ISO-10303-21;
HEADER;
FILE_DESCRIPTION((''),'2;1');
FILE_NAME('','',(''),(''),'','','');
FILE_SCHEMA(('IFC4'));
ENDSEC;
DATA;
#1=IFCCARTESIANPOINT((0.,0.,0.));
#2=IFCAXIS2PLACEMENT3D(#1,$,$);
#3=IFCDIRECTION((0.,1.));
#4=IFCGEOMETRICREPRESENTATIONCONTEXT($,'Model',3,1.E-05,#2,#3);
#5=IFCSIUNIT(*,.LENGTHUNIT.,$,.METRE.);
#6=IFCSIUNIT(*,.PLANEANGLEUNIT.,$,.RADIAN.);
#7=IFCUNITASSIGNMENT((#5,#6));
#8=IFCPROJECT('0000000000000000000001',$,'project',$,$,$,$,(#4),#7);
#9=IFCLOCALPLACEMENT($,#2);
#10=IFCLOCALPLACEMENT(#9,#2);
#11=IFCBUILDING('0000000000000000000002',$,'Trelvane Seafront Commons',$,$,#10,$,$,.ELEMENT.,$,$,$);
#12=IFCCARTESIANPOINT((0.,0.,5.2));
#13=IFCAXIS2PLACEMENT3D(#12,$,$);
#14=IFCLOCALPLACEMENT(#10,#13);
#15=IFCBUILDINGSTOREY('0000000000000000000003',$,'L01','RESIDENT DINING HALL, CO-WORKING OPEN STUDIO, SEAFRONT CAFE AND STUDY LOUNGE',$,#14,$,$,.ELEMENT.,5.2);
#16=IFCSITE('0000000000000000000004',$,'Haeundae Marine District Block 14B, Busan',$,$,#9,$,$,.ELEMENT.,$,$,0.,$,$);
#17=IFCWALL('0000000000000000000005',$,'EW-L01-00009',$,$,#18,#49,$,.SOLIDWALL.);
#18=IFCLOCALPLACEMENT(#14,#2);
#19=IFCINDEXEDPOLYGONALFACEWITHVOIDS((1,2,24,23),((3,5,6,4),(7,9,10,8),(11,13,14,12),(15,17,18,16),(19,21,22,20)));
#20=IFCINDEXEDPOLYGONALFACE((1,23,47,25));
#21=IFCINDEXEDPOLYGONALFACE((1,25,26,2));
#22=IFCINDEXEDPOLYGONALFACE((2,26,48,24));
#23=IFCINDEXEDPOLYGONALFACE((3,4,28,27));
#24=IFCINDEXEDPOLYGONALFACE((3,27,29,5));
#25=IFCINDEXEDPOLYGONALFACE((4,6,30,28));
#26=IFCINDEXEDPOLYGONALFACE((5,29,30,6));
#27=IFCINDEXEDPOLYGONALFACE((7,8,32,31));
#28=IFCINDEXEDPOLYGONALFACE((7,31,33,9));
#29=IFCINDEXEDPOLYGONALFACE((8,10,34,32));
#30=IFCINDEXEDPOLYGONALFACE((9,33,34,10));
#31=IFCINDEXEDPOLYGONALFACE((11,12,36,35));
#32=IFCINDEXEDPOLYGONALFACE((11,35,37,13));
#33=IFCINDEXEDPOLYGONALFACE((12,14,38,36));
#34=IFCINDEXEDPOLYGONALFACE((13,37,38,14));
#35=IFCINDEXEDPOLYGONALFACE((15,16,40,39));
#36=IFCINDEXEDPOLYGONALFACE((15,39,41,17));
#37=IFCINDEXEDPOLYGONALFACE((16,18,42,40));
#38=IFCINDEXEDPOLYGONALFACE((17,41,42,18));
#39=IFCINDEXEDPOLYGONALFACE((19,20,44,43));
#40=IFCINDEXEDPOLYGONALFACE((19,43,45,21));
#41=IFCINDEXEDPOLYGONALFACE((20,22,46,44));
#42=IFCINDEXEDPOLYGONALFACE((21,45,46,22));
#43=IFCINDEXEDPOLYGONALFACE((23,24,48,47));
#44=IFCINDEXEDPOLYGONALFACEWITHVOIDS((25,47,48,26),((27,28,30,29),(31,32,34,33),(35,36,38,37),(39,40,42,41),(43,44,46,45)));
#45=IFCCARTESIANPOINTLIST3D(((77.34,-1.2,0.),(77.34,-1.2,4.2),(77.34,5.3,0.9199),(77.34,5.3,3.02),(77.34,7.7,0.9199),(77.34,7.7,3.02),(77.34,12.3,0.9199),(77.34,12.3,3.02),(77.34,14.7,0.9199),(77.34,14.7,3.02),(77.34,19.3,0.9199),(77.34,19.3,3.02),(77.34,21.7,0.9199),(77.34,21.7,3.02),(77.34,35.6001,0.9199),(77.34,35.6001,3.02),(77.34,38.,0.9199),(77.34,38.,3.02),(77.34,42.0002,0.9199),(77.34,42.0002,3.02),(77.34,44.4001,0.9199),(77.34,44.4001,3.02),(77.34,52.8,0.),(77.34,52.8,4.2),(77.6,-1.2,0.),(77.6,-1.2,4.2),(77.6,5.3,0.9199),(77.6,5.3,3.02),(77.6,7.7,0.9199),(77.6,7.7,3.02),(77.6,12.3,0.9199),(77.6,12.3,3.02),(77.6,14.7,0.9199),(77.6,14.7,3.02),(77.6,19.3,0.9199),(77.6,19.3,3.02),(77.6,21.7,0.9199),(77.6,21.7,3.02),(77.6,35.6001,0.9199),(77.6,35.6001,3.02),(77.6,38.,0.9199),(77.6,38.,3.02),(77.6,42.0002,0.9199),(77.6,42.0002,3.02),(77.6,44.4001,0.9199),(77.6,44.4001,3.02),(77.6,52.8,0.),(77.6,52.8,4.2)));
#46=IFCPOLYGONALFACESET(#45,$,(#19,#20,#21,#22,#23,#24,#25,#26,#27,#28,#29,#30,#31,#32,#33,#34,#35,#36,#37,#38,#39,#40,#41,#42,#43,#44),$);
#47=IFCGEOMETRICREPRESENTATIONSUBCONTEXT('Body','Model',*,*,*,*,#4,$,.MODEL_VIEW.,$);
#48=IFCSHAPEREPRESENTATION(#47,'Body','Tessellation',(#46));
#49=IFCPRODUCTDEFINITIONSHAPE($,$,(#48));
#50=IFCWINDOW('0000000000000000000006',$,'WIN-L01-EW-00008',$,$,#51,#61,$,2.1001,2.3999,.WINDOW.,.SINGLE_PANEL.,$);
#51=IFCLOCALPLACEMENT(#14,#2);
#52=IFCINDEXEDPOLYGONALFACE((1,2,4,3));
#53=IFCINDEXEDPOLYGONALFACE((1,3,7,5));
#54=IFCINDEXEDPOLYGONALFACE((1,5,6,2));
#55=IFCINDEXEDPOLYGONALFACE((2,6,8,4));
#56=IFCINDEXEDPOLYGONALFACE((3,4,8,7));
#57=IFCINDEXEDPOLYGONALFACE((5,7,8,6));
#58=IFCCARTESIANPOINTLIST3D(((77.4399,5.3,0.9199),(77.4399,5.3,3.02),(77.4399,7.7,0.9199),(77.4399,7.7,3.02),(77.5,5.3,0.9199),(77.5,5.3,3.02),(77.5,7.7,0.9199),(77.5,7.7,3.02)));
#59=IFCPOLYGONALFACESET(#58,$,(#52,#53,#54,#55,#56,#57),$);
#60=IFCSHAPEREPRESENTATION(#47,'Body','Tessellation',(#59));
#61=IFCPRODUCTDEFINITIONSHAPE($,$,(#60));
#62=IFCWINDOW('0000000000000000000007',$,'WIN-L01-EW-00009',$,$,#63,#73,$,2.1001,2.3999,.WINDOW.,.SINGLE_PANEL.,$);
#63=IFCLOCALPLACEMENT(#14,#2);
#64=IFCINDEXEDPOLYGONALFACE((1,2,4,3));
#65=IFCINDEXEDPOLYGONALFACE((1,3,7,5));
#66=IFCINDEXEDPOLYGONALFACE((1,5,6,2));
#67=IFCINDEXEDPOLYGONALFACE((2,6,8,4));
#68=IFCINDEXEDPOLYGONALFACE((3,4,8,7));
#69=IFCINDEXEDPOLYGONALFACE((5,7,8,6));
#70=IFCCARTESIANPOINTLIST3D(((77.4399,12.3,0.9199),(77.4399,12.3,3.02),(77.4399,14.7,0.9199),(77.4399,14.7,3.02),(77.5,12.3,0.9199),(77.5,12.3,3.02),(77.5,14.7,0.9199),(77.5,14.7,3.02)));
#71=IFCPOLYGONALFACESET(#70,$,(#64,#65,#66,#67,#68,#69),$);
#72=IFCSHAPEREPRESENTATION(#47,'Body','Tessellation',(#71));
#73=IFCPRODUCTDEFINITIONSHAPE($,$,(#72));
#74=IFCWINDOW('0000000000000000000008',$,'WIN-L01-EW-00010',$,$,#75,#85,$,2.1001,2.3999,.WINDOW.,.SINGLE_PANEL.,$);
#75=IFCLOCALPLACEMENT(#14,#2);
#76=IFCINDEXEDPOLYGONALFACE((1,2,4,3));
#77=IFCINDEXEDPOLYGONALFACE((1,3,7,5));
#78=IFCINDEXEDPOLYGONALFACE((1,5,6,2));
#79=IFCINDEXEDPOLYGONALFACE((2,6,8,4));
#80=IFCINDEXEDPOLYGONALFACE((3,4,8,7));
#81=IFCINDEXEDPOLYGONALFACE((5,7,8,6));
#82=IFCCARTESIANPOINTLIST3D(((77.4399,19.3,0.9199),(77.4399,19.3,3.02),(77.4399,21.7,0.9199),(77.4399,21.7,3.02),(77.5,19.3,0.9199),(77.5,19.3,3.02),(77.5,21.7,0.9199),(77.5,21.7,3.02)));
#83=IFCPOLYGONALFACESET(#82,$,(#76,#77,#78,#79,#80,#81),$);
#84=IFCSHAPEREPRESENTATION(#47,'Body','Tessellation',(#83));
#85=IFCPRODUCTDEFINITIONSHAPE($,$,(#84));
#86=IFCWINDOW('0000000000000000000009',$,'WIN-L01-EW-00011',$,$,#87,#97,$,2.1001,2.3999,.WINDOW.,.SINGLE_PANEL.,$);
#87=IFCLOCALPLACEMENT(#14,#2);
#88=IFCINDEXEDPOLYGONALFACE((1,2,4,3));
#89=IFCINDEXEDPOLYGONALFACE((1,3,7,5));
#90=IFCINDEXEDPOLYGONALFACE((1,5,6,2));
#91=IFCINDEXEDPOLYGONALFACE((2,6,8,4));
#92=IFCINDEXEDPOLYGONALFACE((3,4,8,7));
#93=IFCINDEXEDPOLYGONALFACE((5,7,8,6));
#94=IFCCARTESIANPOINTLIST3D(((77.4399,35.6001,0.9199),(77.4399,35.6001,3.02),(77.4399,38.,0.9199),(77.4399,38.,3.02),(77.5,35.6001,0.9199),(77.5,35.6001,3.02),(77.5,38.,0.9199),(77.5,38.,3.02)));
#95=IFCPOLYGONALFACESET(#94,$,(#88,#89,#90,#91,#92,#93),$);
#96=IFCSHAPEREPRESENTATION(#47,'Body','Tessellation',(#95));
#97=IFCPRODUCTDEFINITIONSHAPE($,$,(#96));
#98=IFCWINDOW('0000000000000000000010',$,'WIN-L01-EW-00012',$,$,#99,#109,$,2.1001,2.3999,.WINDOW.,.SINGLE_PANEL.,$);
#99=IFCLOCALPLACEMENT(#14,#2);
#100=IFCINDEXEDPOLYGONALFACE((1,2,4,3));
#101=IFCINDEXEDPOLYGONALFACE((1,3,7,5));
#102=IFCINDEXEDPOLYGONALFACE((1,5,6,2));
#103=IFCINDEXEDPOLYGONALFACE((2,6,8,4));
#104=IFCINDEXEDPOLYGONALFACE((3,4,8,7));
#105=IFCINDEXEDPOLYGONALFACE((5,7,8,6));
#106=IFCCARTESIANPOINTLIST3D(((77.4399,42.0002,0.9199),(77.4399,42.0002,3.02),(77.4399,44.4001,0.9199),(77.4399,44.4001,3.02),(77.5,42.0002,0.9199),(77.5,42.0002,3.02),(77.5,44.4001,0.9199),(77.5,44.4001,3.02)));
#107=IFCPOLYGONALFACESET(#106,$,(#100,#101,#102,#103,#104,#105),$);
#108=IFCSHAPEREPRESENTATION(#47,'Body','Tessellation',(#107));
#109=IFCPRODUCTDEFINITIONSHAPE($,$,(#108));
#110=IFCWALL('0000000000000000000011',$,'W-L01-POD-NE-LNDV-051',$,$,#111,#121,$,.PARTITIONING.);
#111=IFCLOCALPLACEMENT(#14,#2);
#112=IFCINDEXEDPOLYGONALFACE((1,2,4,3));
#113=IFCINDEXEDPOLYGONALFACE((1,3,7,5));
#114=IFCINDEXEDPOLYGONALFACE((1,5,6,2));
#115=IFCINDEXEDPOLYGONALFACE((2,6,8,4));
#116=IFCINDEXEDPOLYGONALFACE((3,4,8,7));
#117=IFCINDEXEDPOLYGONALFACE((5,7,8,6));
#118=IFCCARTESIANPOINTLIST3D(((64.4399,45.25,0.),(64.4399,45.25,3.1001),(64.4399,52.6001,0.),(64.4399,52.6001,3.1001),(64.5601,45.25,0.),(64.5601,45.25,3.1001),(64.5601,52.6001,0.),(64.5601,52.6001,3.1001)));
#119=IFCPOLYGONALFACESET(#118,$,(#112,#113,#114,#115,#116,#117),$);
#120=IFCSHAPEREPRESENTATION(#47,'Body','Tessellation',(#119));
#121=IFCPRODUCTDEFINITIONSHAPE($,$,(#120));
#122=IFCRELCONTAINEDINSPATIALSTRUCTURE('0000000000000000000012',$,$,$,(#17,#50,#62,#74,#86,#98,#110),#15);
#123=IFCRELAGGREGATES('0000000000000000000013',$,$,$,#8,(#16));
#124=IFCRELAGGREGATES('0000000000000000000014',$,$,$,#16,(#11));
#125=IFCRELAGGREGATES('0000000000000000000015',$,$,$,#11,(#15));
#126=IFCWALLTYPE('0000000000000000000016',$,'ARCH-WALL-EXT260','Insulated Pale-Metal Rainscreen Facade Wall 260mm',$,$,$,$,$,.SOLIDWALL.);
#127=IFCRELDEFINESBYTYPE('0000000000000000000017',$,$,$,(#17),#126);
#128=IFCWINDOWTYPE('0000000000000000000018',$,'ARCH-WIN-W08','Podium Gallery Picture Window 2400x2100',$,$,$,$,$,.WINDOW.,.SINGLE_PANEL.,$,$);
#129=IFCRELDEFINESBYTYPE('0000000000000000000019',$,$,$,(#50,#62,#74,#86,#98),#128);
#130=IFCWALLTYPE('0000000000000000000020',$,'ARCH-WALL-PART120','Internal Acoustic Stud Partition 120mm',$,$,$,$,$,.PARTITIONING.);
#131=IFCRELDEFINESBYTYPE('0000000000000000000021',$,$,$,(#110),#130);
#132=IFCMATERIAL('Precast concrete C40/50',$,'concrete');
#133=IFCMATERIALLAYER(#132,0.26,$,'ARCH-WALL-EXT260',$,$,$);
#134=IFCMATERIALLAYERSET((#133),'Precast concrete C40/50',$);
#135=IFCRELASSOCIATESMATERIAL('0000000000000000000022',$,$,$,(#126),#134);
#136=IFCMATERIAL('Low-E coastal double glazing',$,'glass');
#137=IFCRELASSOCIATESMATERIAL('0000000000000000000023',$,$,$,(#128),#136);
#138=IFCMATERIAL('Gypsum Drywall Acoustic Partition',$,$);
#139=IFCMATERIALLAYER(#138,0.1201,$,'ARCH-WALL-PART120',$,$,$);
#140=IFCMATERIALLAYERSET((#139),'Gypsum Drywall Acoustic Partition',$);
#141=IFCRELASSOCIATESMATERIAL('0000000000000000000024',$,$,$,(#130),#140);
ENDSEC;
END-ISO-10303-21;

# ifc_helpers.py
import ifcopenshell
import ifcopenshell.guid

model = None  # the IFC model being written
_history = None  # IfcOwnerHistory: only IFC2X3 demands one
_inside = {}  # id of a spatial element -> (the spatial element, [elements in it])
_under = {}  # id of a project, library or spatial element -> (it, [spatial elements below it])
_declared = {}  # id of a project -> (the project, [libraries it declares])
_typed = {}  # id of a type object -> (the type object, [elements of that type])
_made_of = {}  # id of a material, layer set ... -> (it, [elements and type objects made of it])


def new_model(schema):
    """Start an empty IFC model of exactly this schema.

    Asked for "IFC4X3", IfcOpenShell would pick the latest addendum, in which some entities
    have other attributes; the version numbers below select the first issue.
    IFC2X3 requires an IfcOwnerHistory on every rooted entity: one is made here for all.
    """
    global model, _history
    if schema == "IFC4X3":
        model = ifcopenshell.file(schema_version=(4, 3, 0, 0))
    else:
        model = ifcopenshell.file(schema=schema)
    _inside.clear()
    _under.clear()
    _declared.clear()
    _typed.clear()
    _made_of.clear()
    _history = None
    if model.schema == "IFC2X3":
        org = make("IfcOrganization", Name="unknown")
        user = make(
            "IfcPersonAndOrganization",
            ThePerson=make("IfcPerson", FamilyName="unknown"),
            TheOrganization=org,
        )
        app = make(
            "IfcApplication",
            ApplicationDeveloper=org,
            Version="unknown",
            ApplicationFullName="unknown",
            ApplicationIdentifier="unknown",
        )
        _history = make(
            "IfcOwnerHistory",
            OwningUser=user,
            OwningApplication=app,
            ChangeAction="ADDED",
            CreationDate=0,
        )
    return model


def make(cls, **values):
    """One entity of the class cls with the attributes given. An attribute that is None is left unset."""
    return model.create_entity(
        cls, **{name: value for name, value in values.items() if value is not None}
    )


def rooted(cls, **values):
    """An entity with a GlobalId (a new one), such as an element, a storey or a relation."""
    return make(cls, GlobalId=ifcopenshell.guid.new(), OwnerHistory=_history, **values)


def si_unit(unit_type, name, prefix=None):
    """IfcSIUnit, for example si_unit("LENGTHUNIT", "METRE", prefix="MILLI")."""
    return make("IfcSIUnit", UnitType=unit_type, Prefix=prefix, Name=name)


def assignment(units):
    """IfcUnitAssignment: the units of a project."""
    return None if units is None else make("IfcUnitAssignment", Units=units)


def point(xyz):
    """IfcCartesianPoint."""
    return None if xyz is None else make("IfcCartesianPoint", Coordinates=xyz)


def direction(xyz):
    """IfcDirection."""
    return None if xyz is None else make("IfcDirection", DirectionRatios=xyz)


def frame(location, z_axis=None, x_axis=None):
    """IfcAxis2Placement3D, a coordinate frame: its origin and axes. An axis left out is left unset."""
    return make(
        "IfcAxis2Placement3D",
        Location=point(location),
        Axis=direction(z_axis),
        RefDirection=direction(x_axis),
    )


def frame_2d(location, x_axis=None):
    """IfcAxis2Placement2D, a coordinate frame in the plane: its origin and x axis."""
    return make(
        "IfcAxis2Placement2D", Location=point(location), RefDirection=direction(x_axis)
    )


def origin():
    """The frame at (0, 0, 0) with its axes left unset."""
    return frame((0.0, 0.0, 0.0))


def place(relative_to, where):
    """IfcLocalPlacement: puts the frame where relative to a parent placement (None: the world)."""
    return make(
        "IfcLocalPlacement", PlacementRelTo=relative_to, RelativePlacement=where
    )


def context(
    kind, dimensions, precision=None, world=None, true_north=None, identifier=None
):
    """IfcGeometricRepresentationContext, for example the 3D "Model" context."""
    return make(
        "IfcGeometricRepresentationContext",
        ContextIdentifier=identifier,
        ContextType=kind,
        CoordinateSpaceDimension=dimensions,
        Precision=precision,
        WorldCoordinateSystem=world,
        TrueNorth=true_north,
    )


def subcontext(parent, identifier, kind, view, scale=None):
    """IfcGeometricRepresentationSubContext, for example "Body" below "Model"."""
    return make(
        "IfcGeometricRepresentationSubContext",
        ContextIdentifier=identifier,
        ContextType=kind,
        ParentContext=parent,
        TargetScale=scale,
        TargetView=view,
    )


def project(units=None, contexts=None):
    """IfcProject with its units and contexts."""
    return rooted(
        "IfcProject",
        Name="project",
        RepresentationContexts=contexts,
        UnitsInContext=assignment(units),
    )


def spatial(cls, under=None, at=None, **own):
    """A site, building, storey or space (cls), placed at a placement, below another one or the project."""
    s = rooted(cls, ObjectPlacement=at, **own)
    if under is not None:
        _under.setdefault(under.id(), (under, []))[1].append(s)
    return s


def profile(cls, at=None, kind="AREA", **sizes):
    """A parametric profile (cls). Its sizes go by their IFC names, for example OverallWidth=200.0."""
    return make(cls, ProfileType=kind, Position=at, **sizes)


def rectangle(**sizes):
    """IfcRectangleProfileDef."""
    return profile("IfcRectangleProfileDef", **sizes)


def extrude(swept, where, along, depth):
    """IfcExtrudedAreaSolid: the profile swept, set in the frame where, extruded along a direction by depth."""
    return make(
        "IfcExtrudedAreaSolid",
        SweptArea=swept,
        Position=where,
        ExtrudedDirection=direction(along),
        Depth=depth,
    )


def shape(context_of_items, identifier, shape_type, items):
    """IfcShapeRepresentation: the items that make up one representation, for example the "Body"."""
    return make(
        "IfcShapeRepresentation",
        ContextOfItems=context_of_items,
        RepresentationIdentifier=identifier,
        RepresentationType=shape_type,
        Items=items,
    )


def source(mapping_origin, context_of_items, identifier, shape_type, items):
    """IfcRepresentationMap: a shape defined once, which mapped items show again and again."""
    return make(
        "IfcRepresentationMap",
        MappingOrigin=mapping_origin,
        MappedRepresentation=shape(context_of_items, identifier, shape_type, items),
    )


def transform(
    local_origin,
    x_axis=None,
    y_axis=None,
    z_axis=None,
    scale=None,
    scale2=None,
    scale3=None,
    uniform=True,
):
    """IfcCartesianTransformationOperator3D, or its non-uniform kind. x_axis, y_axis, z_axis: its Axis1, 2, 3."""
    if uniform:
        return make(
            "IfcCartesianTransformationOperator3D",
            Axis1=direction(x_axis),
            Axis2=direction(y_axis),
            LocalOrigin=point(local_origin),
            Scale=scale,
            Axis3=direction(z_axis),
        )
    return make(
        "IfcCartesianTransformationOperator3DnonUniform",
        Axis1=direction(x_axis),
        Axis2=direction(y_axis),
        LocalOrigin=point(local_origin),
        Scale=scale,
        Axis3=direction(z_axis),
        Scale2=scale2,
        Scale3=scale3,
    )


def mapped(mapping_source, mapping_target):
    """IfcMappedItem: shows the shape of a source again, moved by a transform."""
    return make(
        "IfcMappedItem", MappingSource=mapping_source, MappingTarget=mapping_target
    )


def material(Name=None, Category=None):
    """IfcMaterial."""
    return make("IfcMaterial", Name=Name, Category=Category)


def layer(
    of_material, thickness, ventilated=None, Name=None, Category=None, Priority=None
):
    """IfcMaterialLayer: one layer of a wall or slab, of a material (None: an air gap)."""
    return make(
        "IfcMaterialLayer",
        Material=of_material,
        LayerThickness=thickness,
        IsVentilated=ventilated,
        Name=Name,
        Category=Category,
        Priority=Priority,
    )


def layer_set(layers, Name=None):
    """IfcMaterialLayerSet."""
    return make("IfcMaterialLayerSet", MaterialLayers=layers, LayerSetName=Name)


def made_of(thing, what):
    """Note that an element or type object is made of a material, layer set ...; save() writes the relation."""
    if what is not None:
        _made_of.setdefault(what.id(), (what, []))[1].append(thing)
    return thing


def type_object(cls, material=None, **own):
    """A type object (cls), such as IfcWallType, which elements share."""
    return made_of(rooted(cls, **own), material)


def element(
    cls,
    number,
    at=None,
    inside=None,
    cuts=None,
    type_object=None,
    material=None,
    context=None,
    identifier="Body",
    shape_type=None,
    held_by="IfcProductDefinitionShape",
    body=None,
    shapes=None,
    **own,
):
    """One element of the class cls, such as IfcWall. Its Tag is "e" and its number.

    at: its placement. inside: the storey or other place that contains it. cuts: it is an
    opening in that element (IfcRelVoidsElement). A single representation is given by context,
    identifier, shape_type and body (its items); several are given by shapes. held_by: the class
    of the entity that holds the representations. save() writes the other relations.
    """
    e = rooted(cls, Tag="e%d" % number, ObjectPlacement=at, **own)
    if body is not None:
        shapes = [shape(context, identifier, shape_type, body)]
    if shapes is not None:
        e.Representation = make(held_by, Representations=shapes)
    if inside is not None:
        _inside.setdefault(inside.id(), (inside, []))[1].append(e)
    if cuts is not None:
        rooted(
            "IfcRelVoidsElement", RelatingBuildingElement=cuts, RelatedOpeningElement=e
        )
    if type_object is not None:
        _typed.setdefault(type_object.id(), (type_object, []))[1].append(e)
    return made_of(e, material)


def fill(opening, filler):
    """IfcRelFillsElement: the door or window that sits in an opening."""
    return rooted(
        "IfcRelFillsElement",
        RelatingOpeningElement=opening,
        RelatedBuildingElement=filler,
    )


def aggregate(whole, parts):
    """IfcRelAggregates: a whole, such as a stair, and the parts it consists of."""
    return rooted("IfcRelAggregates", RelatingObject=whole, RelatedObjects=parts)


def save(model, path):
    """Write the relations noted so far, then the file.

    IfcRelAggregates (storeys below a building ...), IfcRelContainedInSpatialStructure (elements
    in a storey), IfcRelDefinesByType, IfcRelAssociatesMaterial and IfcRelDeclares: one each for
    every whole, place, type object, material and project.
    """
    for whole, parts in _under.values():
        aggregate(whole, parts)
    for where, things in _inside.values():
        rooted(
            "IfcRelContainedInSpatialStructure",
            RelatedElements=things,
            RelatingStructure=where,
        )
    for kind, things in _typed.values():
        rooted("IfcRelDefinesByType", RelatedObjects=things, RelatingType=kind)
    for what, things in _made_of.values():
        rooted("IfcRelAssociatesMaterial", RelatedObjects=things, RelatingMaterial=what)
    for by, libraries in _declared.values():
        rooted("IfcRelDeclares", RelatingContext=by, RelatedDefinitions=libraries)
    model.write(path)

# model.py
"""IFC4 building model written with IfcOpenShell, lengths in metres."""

from ifc_helpers import new_model, si_unit, direction, frame, frame_2d, origin, place, context, subcontext, project, spatial, rectangle, extrude, source, transform, mapped, material, layer, layer_set, type_object, element, fill, save


model = new_model("IFC4")

# Units and contexts
model_context = context("Model", 3, precision=1e-05, world=origin(), true_north=direction((0.0, 1.0)))
body_context = subcontext(model_context, "Body", "Model", "MODEL_VIEW")
ifc_project = project(units=[si_unit("LENGTHUNIT", "METRE"), si_unit("PLANEANGLEUNIT", "RADIAN")], contexts=[model_context])

# Site, building, storey
site_placement = place(None, origin())
site = spatial("IfcSite", under=ifc_project, at=site_placement, Name="Haeundae Marine District Block 14B, Busan", CompositionType="ELEMENT", RefElevation=0.0)
building_placement = place(site_placement, origin())
building = spatial("IfcBuilding", under=site, at=building_placement, Name="Trelvane Seafront Commons", CompositionType="ELEMENT")
storey_placement = place(building_placement, frame((0.0, 0.0, 5.2)))
storey = spatial("IfcBuildingStorey", under=building, at=storey_placement, Name="L01", Description="RESIDENT DINING HALL, CO-WORKING OPEN STUDIO, SEAFRONT CAFE AND STUDY LOUNGE", CompositionType="ELEMENT", Elevation=5.2)

# Wall, openings, windows
ifc_material_1 = material(Name="Precast concrete C40/50", Category="concrete")
ifc_layer_1 = layer(ifc_material_1, 0.26, Name="ARCH-WALL-EXT260")
ifc_layer_set_1 = layer_set([ifc_layer_1], Name="Precast concrete C40/50")
wall_type_1 = type_object("IfcWallType", Name="ARCH-WALL-EXT260", Description="Insulated Pale-Metal Rainscreen Facade Wall 260mm", PredefinedType="SOLIDWALL", material=ifc_layer_set_1)
ifc_material_2 = material(Name="Low-E coastal double glazing", Category="glass")
wall_1_placement = place(storey_placement, frame((77.47, 52.8, 0.0), z_axis=(0.0, 0.0, 1.0), x_axis=(0.0, -1.0, 0.0)))
wall_1 = element("IfcWall", 1, at=wall_1_placement, inside=storey, type_object=wall_type_1, Name="EW-L01-00009", PredefinedType="SOLIDWALL", context=body_context, shape_type="SweptSolid", body=[
    extrude(rectangle(XDim=54.0, YDim=0.26, at=frame_2d((27.0, 0.0))), origin(), (0.0, 0.0, 1.0), 4.2),
])
opening_1_placement = place(wall_1_placement, frame((45.1001, 0.0, 0.9199)))
opening_1 = element("IfcOpeningElement", 2, at=opening_1_placement, cuts=wall_1, PredefinedType="OPENING", context=body_context, shape_type="SweptSolid", body=[
    extrude(rectangle(XDim=2.3999, YDim=2.1001, at=frame_2d((1.2, 1.05))), frame((0.0, 0.1399, 0.0), z_axis=(0.0, -1.0, 0.0), x_axis=(1.0, 0.0, 0.0)), (0.0, 0.0, 1.0), 0.28),
])
opening_2_placement = place(wall_1_placement, frame((38.1001, 0.0, 0.9199)))
opening_2 = element("IfcOpeningElement", 3, at=opening_2_placement, cuts=wall_1, PredefinedType="OPENING", context=body_context, shape_type="SweptSolid", body=[
    extrude(rectangle(XDim=2.3999, YDim=2.1001, at=frame_2d((1.2, 1.05))), frame((0.0, 0.1399, 0.0), z_axis=(0.0, -1.0, 0.0), x_axis=(1.0, 0.0, 0.0)), (0.0, 0.0, 1.0), 0.28),
])
opening_3_placement = place(wall_1_placement, frame((31.1001, 0.0, 0.9199)))
opening_3 = element("IfcOpeningElement", 4, at=opening_3_placement, cuts=wall_1, PredefinedType="OPENING", context=body_context, shape_type="SweptSolid", body=[
    extrude(rectangle(XDim=2.3999, YDim=2.1001, at=frame_2d((1.2, 1.05))), frame((0.0, 0.1399, 0.0), z_axis=(0.0, -1.0, 0.0), x_axis=(1.0, 0.0, 0.0)), (0.0, 0.0, 1.0), 0.28),
])
opening_4_placement = place(wall_1_placement, frame((14.8, 0.0, 0.9199)))
opening_4 = element("IfcOpeningElement", 5, at=opening_4_placement, cuts=wall_1, PredefinedType="OPENING", context=body_context, shape_type="SweptSolid", body=[
    extrude(rectangle(XDim=2.3999, YDim=2.1001, at=frame_2d((1.2, 1.05))), frame((0.0, 0.1399, 0.0), z_axis=(0.0, -1.0, 0.0), x_axis=(1.0, 0.0, 0.0)), (0.0, 0.0, 1.0), 0.28),
])
opening_5_placement = place(wall_1_placement, frame((8.3999, 0.0, 0.9199)))
opening_5 = element("IfcOpeningElement", 6, at=opening_5_placement, cuts=wall_1, PredefinedType="OPENING", context=body_context, shape_type="SweptSolid", body=[
    extrude(rectangle(XDim=2.3999, YDim=2.1001, at=frame_2d((1.2, 1.05))), frame((0.0, 0.1399, 0.0), z_axis=(0.0, -1.0, 0.0), x_axis=(1.0, 0.0, 0.0)), (0.0, 0.0, 1.0), 0.28),
])
window_type_1 = type_object("IfcWindowType", Name="ARCH-WIN-W08", Description="Podium Gallery Picture Window 2400x2100", PartitioningType="SINGLE_PANEL", PredefinedType="WINDOW", material=ifc_material_2)
shared_shape_1 = source(origin(), body_context, "Body", "SweptSolid", [
    extrude(rectangle(XDim=2.3999, YDim=2.1001, at=frame_2d((1.2, 1.05))), frame((0.0, 0.03, 0.0), z_axis=(0.0, -1.0, 0.0), x_axis=(1.0, 0.0, 0.0)), (0.0, 0.0, 1.0), 0.0601),
])
window_1_placement = place(opening_1_placement, origin())
window_1 = element("IfcWindow", 7, at=window_1_placement, inside=storey, type_object=window_type_1, Name="WIN-L01-EW-00008", OverallHeight=2.1001, OverallWidth=2.3999, PartitioningType="SINGLE_PANEL", PredefinedType="WINDOW", context=body_context, shape_type="MappedRepresentation", body=[
    mapped(shared_shape_1, transform((0.0, 0.0, 0.0), x_axis=(1.0, 0.0, 0.0), y_axis=(0.0, 1.0, 0.0), z_axis=(0.0, 0.0, 1.0), scale=1.0)),
])
fill(opening_1, window_1)
window_2_placement = place(opening_2_placement, origin())
window_2 = element("IfcWindow", 8, at=window_2_placement, inside=storey, type_object=window_type_1, Name="WIN-L01-EW-00009", OverallHeight=2.1001, OverallWidth=2.3999, PartitioningType="SINGLE_PANEL", PredefinedType="WINDOW", context=body_context, shape_type="MappedRepresentation", body=[
    mapped(shared_shape_1, transform((0.0, 0.0, 0.0), x_axis=(1.0, 0.0, 0.0), y_axis=(0.0, 1.0, 0.0), z_axis=(0.0, 0.0, 1.0), scale=1.0)),
])
fill(opening_2, window_2)
window_3_placement = place(opening_3_placement, origin())
window_3 = element("IfcWindow", 9, at=window_3_placement, inside=storey, type_object=window_type_1, Name="WIN-L01-EW-00010", OverallHeight=2.1001, OverallWidth=2.3999, PartitioningType="SINGLE_PANEL", PredefinedType="WINDOW", context=body_context, shape_type="MappedRepresentation", body=[
    mapped(shared_shape_1, transform((0.0, 0.0, 0.0), x_axis=(1.0, 0.0, 0.0), y_axis=(0.0, 1.0, 0.0), z_axis=(0.0, 0.0, 1.0), scale=1.0)),
])
fill(opening_3, window_3)
window_4_placement = place(opening_4_placement, origin())
window_4 = element("IfcWindow", 10, at=window_4_placement, inside=storey, type_object=window_type_1, Name="WIN-L01-EW-00011", OverallHeight=2.1001, OverallWidth=2.3999, PartitioningType="SINGLE_PANEL", PredefinedType="WINDOW", context=body_context, shape_type="MappedRepresentation", body=[
    mapped(shared_shape_1, transform((0.0, 0.0, 0.0), x_axis=(1.0, 0.0, 0.0), y_axis=(0.0, 1.0, 0.0), z_axis=(0.0, 0.0, 1.0), scale=1.0)),
])
fill(opening_4, window_4)
window_5_placement = place(opening_5_placement, origin())
window_5 = element("IfcWindow", 11, at=window_5_placement, inside=storey, type_object=window_type_1, Name="WIN-L01-EW-00012", OverallHeight=2.1001, OverallWidth=2.3999, PartitioningType="SINGLE_PANEL", PredefinedType="WINDOW", context=body_context, shape_type="MappedRepresentation", body=[
    mapped(shared_shape_1, transform((0.0, 0.0, 0.0), x_axis=(1.0, 0.0, 0.0), y_axis=(0.0, 1.0, 0.0), z_axis=(0.0, 0.0, 1.0), scale=1.0)),
])
fill(opening_5, window_5)

# Wall
ifc_material_3 = material(Name="Gypsum Drywall Acoustic Partition")
ifc_layer_2 = layer(ifc_material_3, 0.1201, Name="ARCH-WALL-PART120")
ifc_layer_set_2 = layer_set([ifc_layer_2], Name="Gypsum Drywall Acoustic Partition")
wall_type_2 = type_object("IfcWallType", Name="ARCH-WALL-PART120", Description="Internal Acoustic Stud Partition 120mm", PredefinedType="PARTITIONING", material=ifc_layer_set_2)
wall_2_placement = place(storey_placement, frame((64.5, 45.25, 0.0), z_axis=(0.0, 0.0, 1.0), x_axis=(0.0, 1.0, 0.0)))
element("IfcWall", 12, at=wall_2_placement, inside=storey, type_object=wall_type_2, Name="W-L01-POD-NE-LNDV-051", PredefinedType="PARTITIONING", context=body_context, shape_type="SweptSolid", body=[
    extrude(rectangle(XDim=7.3501, YDim=0.1201, at=frame_2d((3.675, 0.0))), origin(), (0.0, 0.0, 1.0), 3.1001),
])

save(model, "model.ifc")
